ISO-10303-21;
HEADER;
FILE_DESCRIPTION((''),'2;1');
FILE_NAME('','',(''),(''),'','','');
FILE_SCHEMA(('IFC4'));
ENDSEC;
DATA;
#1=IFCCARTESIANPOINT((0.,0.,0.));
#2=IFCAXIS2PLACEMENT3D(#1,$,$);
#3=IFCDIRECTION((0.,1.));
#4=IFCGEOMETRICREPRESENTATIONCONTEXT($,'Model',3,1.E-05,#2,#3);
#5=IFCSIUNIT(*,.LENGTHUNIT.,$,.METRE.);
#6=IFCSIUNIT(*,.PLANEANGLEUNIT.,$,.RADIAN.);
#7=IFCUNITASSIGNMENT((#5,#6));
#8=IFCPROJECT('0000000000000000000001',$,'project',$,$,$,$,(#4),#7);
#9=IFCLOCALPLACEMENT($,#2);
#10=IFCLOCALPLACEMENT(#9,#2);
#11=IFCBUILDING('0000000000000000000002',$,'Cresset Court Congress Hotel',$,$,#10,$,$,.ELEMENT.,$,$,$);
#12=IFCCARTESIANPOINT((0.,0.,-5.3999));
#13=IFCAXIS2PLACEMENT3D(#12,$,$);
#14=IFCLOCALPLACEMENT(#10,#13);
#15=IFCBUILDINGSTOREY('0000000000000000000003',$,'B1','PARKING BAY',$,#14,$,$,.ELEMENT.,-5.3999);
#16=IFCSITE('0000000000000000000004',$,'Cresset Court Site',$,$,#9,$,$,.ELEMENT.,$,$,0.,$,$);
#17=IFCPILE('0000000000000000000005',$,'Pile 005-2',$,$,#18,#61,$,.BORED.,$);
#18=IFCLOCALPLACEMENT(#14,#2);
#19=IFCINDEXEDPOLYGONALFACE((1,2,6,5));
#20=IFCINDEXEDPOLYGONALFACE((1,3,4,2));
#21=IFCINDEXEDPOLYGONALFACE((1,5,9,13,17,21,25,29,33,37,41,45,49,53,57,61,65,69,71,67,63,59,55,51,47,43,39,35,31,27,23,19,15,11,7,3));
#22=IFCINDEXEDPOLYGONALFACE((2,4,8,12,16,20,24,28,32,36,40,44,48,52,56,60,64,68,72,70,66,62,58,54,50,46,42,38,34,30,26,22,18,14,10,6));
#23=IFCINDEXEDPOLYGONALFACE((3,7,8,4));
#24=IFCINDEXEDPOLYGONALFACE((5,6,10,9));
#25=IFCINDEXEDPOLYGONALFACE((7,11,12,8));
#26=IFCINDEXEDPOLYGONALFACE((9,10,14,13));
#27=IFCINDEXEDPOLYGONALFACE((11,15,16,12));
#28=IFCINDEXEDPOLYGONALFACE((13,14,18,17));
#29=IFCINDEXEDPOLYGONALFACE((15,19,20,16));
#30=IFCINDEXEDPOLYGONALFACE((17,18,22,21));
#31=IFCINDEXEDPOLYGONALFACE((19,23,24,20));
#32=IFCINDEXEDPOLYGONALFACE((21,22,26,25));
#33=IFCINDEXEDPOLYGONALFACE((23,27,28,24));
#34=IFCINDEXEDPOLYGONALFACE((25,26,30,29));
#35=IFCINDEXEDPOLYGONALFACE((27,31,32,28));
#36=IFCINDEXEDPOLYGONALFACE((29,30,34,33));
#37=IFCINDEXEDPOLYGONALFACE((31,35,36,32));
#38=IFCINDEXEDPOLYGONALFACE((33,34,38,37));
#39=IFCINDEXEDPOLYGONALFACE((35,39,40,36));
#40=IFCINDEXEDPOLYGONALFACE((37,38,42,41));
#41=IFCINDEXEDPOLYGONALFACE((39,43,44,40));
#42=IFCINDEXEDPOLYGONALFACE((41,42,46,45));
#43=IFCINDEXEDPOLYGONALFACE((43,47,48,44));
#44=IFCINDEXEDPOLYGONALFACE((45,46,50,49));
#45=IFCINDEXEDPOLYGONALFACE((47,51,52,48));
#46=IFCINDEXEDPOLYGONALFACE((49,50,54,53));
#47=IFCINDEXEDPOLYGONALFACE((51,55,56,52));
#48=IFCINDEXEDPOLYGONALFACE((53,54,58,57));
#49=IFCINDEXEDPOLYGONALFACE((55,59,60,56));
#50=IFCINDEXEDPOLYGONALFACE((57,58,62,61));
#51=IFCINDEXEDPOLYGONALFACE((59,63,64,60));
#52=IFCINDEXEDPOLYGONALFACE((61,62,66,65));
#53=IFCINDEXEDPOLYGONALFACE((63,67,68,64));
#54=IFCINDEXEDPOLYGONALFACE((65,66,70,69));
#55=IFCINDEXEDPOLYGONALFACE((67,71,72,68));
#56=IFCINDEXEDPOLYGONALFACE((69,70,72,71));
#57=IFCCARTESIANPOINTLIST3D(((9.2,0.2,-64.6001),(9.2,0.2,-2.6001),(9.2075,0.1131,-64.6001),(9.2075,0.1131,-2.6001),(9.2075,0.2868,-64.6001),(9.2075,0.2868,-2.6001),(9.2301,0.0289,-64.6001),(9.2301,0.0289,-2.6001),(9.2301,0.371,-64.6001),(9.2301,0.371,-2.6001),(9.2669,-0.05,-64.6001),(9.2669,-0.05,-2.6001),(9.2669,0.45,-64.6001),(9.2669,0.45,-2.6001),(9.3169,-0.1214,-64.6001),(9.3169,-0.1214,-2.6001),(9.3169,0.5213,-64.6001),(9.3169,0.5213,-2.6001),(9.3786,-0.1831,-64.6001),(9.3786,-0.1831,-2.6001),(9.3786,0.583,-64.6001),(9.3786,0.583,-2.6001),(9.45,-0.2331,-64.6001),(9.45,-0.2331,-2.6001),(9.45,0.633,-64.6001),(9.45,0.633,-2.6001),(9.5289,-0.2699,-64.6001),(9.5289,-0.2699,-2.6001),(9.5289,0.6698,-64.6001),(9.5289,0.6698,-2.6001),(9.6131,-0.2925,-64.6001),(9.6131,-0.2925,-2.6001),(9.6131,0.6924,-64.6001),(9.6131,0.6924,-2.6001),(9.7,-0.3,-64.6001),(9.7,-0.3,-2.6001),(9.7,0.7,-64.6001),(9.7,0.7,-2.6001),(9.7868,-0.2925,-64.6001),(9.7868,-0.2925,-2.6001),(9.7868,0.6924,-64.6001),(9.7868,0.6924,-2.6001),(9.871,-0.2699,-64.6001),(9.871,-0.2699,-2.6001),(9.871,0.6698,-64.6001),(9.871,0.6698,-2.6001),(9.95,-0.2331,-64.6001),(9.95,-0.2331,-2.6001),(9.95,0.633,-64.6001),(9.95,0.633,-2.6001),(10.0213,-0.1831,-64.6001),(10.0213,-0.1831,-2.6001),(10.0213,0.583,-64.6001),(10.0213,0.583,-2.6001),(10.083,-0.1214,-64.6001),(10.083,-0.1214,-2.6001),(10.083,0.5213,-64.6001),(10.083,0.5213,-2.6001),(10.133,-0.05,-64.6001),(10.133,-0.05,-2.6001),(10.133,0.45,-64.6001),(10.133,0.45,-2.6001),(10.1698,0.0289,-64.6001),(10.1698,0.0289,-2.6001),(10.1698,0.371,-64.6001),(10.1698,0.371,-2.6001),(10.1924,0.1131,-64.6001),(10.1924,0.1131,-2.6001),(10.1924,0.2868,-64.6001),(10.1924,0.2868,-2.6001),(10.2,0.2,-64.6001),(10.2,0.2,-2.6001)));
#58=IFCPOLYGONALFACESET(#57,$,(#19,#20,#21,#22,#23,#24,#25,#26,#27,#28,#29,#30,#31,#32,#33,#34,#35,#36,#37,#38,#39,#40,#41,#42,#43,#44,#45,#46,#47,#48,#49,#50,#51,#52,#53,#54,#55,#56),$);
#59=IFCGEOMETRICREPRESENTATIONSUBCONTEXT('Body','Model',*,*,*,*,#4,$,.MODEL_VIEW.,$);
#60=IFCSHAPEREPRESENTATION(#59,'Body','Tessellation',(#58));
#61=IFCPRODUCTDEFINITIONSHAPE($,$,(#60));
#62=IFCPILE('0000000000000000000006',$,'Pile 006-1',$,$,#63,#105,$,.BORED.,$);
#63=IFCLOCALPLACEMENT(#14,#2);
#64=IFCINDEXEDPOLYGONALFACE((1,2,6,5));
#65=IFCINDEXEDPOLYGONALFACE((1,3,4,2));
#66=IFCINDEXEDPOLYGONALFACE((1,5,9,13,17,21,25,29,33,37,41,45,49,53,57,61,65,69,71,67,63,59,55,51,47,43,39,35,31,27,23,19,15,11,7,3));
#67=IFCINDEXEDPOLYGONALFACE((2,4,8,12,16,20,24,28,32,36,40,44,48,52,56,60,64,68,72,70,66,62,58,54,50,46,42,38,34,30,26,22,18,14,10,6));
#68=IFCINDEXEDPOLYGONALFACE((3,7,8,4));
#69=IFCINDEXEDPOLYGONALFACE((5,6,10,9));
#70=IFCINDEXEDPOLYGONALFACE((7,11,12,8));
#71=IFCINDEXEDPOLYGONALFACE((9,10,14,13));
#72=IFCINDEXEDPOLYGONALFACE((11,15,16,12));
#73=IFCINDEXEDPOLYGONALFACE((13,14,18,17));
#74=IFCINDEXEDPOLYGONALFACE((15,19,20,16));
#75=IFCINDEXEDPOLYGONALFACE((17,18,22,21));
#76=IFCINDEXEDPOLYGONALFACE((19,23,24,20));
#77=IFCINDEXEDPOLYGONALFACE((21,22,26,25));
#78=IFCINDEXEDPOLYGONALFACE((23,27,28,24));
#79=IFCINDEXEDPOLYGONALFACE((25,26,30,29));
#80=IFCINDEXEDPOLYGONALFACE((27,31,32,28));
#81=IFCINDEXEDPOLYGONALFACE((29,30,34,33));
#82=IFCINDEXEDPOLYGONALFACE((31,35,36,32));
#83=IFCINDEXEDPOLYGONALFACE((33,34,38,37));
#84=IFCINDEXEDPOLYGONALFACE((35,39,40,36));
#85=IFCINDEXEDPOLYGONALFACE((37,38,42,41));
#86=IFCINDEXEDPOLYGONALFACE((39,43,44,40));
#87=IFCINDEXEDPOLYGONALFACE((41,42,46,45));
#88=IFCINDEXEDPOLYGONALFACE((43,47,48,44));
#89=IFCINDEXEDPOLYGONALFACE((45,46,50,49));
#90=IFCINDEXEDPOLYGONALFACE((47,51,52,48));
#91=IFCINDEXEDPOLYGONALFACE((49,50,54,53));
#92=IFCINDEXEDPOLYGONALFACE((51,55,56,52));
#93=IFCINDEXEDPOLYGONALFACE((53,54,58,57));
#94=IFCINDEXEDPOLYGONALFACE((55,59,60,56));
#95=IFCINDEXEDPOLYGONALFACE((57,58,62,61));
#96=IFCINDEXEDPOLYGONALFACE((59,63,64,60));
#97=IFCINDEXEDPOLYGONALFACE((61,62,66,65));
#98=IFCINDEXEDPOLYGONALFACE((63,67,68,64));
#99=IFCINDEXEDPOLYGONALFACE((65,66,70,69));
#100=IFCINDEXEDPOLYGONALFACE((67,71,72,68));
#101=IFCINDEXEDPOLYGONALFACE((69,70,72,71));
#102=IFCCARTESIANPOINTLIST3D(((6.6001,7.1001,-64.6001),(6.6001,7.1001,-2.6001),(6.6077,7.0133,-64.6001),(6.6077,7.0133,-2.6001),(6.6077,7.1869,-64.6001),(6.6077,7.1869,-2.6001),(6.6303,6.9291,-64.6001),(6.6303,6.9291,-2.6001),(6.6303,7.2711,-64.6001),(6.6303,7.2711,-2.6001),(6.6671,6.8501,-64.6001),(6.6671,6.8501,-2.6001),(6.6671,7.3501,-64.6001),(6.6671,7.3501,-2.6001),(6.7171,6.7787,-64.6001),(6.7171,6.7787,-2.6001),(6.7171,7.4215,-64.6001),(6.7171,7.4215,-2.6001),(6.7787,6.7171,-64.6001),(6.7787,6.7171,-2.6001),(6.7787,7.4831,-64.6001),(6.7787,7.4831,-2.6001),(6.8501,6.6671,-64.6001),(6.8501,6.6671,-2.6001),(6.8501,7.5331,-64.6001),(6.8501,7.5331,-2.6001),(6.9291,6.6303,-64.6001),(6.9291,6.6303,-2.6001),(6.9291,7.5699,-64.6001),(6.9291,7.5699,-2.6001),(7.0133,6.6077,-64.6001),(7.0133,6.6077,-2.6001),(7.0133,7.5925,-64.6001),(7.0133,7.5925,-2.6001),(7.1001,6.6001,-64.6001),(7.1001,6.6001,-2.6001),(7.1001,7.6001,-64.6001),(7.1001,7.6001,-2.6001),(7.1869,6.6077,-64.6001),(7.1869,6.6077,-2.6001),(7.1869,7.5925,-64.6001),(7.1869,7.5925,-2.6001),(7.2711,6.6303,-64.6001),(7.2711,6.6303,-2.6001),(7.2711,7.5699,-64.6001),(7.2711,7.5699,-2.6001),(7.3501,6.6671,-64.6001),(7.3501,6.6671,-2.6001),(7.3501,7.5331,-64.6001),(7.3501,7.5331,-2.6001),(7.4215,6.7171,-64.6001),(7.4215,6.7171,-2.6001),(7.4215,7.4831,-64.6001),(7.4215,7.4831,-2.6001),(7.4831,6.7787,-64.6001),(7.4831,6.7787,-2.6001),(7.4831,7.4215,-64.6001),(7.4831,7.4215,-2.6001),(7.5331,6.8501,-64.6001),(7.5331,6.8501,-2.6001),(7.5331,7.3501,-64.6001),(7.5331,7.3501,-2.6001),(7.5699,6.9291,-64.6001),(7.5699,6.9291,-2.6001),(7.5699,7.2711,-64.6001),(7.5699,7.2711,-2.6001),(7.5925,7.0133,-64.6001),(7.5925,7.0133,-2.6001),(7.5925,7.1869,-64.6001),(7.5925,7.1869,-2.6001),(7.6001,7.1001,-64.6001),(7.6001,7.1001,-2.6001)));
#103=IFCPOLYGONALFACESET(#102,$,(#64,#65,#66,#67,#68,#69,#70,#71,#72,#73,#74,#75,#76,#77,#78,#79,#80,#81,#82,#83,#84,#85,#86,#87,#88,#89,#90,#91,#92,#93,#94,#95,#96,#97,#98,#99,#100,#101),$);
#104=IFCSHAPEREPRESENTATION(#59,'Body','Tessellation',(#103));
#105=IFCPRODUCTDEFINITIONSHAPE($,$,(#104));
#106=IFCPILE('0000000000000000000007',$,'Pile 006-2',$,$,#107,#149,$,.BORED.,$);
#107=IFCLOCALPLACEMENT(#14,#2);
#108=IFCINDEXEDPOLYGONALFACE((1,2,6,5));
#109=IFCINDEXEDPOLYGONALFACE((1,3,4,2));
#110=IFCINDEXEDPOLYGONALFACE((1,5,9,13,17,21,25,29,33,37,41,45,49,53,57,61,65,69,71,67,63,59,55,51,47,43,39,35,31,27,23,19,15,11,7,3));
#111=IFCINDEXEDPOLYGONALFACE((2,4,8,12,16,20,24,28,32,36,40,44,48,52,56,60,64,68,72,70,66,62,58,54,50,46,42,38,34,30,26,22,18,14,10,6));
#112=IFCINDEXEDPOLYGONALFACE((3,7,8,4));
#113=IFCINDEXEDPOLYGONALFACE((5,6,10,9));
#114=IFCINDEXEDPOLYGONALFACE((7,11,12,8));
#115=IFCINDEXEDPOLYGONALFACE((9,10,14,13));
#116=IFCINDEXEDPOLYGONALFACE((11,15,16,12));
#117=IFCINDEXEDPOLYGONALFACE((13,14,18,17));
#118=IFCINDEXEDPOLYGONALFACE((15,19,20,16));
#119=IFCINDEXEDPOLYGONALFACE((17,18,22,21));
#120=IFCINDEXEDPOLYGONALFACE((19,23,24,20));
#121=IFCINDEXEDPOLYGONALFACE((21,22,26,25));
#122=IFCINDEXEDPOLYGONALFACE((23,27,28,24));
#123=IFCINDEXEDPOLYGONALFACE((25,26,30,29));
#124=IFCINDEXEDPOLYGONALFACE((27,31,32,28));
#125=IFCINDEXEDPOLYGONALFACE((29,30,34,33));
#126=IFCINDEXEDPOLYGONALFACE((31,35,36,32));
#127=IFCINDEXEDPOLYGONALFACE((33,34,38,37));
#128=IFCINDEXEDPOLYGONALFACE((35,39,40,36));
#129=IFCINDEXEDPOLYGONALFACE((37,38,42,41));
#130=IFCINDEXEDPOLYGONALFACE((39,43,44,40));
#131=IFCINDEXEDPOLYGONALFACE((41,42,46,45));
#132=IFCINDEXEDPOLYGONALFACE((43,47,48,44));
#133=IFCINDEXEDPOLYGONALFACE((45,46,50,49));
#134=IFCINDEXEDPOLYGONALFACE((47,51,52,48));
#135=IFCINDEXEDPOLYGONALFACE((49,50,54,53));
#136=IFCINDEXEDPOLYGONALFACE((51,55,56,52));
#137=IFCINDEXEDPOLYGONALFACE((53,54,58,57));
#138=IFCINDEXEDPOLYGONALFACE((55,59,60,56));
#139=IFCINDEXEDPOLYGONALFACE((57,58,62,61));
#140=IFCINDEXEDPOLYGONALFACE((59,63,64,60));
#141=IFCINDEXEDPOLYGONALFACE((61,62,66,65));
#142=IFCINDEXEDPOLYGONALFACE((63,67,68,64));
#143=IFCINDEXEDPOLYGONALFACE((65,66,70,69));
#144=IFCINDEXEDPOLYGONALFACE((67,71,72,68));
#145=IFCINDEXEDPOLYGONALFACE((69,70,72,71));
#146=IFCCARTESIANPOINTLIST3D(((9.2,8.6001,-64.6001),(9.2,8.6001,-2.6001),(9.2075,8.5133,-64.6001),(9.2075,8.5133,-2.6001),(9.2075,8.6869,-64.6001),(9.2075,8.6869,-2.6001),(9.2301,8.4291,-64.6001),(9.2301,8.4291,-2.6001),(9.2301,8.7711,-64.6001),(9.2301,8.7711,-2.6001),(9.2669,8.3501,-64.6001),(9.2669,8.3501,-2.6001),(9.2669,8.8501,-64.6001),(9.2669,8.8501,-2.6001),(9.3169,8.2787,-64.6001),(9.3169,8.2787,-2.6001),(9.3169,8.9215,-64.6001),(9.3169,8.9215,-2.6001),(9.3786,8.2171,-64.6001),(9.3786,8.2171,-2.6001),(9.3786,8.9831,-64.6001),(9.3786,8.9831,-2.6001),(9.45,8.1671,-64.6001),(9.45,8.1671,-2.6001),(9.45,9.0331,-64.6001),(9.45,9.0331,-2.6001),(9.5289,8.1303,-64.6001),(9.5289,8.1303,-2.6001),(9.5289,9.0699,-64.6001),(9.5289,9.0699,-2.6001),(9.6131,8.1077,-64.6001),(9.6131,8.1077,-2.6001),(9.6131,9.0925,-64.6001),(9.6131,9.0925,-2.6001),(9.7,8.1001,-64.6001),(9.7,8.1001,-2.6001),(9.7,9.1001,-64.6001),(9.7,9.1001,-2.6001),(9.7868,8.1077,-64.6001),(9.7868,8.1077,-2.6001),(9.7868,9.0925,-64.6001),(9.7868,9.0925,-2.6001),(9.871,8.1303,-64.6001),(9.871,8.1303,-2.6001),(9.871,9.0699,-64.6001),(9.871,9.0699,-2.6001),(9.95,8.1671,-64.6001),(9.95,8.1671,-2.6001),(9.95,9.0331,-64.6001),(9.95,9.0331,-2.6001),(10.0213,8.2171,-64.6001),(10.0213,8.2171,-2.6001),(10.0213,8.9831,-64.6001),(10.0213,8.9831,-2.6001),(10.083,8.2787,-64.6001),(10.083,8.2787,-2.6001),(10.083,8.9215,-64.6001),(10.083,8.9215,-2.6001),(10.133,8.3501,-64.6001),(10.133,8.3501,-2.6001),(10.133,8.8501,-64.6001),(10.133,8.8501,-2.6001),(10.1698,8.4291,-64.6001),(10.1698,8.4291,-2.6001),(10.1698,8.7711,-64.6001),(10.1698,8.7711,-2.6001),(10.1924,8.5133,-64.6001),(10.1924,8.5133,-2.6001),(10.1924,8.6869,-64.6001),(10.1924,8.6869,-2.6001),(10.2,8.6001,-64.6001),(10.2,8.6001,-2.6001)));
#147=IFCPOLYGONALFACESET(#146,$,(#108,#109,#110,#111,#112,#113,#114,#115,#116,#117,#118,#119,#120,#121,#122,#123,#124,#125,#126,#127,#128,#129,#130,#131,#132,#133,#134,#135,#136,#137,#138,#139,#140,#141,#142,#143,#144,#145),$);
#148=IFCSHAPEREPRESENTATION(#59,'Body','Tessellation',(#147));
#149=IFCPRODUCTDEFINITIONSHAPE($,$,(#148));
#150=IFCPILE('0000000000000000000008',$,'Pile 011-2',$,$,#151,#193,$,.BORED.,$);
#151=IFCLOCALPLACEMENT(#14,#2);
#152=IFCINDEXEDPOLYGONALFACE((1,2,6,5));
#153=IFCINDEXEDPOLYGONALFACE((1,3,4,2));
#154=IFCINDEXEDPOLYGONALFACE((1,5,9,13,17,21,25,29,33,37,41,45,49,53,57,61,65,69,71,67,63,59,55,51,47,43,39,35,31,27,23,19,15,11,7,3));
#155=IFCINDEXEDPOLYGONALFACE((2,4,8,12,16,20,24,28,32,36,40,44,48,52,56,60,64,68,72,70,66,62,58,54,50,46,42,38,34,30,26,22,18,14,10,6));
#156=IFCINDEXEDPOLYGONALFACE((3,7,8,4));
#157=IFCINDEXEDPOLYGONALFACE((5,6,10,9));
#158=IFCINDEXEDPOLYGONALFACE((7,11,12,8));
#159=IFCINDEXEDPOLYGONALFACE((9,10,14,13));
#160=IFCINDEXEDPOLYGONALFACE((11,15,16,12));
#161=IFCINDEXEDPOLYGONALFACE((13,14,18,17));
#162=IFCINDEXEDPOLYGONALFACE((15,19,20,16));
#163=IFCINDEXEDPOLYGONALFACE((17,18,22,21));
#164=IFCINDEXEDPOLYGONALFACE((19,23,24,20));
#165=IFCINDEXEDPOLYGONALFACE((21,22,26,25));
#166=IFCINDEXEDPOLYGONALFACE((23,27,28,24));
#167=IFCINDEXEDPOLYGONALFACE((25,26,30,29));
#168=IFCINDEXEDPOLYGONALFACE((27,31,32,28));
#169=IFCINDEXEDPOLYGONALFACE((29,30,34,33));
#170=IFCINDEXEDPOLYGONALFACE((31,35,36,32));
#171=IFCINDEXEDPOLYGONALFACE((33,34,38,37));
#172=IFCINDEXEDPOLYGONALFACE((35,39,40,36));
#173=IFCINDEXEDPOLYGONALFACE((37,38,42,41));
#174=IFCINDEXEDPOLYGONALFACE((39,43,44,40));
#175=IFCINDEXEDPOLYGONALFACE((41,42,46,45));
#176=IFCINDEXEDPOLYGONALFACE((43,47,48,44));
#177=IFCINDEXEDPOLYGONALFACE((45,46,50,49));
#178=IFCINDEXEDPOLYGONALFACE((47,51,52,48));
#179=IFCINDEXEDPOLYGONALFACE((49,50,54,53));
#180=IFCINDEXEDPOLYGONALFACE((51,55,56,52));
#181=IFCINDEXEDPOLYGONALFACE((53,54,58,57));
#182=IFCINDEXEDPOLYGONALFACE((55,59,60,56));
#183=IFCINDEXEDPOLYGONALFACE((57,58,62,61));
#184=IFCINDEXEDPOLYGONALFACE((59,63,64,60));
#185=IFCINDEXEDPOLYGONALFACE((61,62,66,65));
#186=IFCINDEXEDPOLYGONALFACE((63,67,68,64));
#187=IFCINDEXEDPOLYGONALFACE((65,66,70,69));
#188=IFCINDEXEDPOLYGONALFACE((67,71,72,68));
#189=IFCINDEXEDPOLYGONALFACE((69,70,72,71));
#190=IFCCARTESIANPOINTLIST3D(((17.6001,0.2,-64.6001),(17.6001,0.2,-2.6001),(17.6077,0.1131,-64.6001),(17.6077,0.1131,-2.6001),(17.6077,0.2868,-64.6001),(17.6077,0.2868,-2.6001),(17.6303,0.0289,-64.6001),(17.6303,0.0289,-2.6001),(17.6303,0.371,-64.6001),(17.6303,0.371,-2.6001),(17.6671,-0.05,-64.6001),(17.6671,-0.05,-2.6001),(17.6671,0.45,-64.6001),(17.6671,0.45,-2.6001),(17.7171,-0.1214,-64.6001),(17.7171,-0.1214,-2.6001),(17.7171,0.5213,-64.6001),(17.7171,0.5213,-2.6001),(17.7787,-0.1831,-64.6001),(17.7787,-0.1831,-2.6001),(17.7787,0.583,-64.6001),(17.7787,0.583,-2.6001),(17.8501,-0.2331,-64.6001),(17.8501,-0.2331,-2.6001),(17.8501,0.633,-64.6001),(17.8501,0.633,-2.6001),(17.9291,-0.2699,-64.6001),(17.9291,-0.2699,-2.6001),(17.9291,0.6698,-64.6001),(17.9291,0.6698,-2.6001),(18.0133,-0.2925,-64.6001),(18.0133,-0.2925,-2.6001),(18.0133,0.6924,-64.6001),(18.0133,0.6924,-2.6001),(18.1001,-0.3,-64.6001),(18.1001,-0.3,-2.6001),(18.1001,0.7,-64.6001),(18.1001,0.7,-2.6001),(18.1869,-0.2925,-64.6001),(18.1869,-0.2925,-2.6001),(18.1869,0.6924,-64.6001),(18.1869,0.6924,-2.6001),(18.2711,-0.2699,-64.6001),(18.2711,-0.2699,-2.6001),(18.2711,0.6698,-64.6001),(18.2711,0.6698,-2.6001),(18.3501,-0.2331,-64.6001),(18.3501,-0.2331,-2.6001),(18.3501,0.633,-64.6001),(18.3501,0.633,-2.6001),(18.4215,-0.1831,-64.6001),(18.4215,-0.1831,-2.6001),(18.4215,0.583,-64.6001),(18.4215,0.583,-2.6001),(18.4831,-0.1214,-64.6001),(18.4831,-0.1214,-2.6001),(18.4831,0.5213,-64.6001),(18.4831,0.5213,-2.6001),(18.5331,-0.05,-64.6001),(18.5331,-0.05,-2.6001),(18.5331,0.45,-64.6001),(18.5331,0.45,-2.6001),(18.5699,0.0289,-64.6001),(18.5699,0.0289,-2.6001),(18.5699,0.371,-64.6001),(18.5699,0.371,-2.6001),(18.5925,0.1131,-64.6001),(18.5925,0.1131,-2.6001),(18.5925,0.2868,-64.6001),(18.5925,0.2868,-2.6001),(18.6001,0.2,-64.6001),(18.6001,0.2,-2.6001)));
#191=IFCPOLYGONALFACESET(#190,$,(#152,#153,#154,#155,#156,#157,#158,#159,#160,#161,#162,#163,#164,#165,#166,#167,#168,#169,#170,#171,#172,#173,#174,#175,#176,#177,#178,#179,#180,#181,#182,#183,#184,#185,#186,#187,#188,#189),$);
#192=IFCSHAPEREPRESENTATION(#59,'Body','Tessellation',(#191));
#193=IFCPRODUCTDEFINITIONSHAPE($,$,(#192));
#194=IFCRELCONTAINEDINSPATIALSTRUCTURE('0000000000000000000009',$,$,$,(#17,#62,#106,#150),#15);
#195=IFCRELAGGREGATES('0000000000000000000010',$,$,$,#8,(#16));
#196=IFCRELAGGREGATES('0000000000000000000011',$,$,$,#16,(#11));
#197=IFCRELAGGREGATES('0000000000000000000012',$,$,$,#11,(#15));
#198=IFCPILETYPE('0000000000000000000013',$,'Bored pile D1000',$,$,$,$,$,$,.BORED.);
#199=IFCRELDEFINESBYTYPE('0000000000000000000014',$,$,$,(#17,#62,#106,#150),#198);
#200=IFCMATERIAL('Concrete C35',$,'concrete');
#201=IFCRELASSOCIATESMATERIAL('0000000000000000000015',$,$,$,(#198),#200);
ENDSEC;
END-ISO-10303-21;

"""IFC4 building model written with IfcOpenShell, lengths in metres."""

from ifc_helpers import new_model, si_unit, direction, frame, origin, origin_2d, place, context, subcontext, project, spatial, circle, extrude, material, type_object, element, save


model = new_model("IFC4")

# Units and contexts
model_context = context("Model", 3, precision=1e-05, world=origin(), true_north=direction((0.0, 1.0)))
body_context = subcontext(model_context, "Body", "Model", "MODEL_VIEW")
ifc_project = project(units=[si_unit("LENGTHUNIT", "METRE"), si_unit("PLANEANGLEUNIT", "RADIAN")], contexts=[model_context])

# Site, building, storey
site_placement = place(None, origin())
site = spatial("IfcSite", under=ifc_project, at=site_placement, Name="Cresset Court Site", CompositionType="ELEMENT", RefElevation=0.0)
building_placement = place(site_placement, origin())
building = spatial("IfcBuilding", under=site, at=building_placement, Name="Cresset Court Congress Hotel", CompositionType="ELEMENT")
storey_placement = place(building_placement, frame((0.0, 0.0, -5.3999)))
storey = spatial("IfcBuildingStorey", under=building, at=storey_placement, Name="B1", Description="PARKING BAY", CompositionType="ELEMENT", Elevation=-5.3999)

# Piles
ifc_material_1 = material(Name="Concrete C35", Category="concrete")
pile_type = type_object("IfcPileType", Name="Bored pile D1000", PredefinedType="BORED", material=ifc_material_1)
for number, where, z_axis, x_axis, name in (
    (1, (9.7, 0.2, -2.6001), (0.0, 0.0, -1.0), (1.0, 0.0, 0.0), "Pile 005-2"),
    (2, (7.1001, 7.1001, -2.6001), (0.0, 0.0, -1.0), (1.0, 0.0, 0.0), "Pile 006-1"),
    (3, (9.7, 8.6001, -2.6001), (0.0, 0.0, -1.0), (1.0, 0.0, 0.0), "Pile 006-2"),
    (4, (18.1001, 0.2, -2.6001), (0.0, 0.0, -1.0), (1.0, 0.0, 0.0), "Pile 011-2"),
):
    element("IfcPile", number, at=place(storey_placement, frame(where, z_axis=z_axis, x_axis=x_axis)), inside=storey, type_object=pile_type, Name=name, PredefinedType="BORED", context=body_context, shape_type="SweptSolid", body=[
        extrude(circle(Radius=0.5, at=origin_2d()), origin(), (0.0, 0.0, 1.0), 62.0),
    ])

save(model, "model.ifc")
